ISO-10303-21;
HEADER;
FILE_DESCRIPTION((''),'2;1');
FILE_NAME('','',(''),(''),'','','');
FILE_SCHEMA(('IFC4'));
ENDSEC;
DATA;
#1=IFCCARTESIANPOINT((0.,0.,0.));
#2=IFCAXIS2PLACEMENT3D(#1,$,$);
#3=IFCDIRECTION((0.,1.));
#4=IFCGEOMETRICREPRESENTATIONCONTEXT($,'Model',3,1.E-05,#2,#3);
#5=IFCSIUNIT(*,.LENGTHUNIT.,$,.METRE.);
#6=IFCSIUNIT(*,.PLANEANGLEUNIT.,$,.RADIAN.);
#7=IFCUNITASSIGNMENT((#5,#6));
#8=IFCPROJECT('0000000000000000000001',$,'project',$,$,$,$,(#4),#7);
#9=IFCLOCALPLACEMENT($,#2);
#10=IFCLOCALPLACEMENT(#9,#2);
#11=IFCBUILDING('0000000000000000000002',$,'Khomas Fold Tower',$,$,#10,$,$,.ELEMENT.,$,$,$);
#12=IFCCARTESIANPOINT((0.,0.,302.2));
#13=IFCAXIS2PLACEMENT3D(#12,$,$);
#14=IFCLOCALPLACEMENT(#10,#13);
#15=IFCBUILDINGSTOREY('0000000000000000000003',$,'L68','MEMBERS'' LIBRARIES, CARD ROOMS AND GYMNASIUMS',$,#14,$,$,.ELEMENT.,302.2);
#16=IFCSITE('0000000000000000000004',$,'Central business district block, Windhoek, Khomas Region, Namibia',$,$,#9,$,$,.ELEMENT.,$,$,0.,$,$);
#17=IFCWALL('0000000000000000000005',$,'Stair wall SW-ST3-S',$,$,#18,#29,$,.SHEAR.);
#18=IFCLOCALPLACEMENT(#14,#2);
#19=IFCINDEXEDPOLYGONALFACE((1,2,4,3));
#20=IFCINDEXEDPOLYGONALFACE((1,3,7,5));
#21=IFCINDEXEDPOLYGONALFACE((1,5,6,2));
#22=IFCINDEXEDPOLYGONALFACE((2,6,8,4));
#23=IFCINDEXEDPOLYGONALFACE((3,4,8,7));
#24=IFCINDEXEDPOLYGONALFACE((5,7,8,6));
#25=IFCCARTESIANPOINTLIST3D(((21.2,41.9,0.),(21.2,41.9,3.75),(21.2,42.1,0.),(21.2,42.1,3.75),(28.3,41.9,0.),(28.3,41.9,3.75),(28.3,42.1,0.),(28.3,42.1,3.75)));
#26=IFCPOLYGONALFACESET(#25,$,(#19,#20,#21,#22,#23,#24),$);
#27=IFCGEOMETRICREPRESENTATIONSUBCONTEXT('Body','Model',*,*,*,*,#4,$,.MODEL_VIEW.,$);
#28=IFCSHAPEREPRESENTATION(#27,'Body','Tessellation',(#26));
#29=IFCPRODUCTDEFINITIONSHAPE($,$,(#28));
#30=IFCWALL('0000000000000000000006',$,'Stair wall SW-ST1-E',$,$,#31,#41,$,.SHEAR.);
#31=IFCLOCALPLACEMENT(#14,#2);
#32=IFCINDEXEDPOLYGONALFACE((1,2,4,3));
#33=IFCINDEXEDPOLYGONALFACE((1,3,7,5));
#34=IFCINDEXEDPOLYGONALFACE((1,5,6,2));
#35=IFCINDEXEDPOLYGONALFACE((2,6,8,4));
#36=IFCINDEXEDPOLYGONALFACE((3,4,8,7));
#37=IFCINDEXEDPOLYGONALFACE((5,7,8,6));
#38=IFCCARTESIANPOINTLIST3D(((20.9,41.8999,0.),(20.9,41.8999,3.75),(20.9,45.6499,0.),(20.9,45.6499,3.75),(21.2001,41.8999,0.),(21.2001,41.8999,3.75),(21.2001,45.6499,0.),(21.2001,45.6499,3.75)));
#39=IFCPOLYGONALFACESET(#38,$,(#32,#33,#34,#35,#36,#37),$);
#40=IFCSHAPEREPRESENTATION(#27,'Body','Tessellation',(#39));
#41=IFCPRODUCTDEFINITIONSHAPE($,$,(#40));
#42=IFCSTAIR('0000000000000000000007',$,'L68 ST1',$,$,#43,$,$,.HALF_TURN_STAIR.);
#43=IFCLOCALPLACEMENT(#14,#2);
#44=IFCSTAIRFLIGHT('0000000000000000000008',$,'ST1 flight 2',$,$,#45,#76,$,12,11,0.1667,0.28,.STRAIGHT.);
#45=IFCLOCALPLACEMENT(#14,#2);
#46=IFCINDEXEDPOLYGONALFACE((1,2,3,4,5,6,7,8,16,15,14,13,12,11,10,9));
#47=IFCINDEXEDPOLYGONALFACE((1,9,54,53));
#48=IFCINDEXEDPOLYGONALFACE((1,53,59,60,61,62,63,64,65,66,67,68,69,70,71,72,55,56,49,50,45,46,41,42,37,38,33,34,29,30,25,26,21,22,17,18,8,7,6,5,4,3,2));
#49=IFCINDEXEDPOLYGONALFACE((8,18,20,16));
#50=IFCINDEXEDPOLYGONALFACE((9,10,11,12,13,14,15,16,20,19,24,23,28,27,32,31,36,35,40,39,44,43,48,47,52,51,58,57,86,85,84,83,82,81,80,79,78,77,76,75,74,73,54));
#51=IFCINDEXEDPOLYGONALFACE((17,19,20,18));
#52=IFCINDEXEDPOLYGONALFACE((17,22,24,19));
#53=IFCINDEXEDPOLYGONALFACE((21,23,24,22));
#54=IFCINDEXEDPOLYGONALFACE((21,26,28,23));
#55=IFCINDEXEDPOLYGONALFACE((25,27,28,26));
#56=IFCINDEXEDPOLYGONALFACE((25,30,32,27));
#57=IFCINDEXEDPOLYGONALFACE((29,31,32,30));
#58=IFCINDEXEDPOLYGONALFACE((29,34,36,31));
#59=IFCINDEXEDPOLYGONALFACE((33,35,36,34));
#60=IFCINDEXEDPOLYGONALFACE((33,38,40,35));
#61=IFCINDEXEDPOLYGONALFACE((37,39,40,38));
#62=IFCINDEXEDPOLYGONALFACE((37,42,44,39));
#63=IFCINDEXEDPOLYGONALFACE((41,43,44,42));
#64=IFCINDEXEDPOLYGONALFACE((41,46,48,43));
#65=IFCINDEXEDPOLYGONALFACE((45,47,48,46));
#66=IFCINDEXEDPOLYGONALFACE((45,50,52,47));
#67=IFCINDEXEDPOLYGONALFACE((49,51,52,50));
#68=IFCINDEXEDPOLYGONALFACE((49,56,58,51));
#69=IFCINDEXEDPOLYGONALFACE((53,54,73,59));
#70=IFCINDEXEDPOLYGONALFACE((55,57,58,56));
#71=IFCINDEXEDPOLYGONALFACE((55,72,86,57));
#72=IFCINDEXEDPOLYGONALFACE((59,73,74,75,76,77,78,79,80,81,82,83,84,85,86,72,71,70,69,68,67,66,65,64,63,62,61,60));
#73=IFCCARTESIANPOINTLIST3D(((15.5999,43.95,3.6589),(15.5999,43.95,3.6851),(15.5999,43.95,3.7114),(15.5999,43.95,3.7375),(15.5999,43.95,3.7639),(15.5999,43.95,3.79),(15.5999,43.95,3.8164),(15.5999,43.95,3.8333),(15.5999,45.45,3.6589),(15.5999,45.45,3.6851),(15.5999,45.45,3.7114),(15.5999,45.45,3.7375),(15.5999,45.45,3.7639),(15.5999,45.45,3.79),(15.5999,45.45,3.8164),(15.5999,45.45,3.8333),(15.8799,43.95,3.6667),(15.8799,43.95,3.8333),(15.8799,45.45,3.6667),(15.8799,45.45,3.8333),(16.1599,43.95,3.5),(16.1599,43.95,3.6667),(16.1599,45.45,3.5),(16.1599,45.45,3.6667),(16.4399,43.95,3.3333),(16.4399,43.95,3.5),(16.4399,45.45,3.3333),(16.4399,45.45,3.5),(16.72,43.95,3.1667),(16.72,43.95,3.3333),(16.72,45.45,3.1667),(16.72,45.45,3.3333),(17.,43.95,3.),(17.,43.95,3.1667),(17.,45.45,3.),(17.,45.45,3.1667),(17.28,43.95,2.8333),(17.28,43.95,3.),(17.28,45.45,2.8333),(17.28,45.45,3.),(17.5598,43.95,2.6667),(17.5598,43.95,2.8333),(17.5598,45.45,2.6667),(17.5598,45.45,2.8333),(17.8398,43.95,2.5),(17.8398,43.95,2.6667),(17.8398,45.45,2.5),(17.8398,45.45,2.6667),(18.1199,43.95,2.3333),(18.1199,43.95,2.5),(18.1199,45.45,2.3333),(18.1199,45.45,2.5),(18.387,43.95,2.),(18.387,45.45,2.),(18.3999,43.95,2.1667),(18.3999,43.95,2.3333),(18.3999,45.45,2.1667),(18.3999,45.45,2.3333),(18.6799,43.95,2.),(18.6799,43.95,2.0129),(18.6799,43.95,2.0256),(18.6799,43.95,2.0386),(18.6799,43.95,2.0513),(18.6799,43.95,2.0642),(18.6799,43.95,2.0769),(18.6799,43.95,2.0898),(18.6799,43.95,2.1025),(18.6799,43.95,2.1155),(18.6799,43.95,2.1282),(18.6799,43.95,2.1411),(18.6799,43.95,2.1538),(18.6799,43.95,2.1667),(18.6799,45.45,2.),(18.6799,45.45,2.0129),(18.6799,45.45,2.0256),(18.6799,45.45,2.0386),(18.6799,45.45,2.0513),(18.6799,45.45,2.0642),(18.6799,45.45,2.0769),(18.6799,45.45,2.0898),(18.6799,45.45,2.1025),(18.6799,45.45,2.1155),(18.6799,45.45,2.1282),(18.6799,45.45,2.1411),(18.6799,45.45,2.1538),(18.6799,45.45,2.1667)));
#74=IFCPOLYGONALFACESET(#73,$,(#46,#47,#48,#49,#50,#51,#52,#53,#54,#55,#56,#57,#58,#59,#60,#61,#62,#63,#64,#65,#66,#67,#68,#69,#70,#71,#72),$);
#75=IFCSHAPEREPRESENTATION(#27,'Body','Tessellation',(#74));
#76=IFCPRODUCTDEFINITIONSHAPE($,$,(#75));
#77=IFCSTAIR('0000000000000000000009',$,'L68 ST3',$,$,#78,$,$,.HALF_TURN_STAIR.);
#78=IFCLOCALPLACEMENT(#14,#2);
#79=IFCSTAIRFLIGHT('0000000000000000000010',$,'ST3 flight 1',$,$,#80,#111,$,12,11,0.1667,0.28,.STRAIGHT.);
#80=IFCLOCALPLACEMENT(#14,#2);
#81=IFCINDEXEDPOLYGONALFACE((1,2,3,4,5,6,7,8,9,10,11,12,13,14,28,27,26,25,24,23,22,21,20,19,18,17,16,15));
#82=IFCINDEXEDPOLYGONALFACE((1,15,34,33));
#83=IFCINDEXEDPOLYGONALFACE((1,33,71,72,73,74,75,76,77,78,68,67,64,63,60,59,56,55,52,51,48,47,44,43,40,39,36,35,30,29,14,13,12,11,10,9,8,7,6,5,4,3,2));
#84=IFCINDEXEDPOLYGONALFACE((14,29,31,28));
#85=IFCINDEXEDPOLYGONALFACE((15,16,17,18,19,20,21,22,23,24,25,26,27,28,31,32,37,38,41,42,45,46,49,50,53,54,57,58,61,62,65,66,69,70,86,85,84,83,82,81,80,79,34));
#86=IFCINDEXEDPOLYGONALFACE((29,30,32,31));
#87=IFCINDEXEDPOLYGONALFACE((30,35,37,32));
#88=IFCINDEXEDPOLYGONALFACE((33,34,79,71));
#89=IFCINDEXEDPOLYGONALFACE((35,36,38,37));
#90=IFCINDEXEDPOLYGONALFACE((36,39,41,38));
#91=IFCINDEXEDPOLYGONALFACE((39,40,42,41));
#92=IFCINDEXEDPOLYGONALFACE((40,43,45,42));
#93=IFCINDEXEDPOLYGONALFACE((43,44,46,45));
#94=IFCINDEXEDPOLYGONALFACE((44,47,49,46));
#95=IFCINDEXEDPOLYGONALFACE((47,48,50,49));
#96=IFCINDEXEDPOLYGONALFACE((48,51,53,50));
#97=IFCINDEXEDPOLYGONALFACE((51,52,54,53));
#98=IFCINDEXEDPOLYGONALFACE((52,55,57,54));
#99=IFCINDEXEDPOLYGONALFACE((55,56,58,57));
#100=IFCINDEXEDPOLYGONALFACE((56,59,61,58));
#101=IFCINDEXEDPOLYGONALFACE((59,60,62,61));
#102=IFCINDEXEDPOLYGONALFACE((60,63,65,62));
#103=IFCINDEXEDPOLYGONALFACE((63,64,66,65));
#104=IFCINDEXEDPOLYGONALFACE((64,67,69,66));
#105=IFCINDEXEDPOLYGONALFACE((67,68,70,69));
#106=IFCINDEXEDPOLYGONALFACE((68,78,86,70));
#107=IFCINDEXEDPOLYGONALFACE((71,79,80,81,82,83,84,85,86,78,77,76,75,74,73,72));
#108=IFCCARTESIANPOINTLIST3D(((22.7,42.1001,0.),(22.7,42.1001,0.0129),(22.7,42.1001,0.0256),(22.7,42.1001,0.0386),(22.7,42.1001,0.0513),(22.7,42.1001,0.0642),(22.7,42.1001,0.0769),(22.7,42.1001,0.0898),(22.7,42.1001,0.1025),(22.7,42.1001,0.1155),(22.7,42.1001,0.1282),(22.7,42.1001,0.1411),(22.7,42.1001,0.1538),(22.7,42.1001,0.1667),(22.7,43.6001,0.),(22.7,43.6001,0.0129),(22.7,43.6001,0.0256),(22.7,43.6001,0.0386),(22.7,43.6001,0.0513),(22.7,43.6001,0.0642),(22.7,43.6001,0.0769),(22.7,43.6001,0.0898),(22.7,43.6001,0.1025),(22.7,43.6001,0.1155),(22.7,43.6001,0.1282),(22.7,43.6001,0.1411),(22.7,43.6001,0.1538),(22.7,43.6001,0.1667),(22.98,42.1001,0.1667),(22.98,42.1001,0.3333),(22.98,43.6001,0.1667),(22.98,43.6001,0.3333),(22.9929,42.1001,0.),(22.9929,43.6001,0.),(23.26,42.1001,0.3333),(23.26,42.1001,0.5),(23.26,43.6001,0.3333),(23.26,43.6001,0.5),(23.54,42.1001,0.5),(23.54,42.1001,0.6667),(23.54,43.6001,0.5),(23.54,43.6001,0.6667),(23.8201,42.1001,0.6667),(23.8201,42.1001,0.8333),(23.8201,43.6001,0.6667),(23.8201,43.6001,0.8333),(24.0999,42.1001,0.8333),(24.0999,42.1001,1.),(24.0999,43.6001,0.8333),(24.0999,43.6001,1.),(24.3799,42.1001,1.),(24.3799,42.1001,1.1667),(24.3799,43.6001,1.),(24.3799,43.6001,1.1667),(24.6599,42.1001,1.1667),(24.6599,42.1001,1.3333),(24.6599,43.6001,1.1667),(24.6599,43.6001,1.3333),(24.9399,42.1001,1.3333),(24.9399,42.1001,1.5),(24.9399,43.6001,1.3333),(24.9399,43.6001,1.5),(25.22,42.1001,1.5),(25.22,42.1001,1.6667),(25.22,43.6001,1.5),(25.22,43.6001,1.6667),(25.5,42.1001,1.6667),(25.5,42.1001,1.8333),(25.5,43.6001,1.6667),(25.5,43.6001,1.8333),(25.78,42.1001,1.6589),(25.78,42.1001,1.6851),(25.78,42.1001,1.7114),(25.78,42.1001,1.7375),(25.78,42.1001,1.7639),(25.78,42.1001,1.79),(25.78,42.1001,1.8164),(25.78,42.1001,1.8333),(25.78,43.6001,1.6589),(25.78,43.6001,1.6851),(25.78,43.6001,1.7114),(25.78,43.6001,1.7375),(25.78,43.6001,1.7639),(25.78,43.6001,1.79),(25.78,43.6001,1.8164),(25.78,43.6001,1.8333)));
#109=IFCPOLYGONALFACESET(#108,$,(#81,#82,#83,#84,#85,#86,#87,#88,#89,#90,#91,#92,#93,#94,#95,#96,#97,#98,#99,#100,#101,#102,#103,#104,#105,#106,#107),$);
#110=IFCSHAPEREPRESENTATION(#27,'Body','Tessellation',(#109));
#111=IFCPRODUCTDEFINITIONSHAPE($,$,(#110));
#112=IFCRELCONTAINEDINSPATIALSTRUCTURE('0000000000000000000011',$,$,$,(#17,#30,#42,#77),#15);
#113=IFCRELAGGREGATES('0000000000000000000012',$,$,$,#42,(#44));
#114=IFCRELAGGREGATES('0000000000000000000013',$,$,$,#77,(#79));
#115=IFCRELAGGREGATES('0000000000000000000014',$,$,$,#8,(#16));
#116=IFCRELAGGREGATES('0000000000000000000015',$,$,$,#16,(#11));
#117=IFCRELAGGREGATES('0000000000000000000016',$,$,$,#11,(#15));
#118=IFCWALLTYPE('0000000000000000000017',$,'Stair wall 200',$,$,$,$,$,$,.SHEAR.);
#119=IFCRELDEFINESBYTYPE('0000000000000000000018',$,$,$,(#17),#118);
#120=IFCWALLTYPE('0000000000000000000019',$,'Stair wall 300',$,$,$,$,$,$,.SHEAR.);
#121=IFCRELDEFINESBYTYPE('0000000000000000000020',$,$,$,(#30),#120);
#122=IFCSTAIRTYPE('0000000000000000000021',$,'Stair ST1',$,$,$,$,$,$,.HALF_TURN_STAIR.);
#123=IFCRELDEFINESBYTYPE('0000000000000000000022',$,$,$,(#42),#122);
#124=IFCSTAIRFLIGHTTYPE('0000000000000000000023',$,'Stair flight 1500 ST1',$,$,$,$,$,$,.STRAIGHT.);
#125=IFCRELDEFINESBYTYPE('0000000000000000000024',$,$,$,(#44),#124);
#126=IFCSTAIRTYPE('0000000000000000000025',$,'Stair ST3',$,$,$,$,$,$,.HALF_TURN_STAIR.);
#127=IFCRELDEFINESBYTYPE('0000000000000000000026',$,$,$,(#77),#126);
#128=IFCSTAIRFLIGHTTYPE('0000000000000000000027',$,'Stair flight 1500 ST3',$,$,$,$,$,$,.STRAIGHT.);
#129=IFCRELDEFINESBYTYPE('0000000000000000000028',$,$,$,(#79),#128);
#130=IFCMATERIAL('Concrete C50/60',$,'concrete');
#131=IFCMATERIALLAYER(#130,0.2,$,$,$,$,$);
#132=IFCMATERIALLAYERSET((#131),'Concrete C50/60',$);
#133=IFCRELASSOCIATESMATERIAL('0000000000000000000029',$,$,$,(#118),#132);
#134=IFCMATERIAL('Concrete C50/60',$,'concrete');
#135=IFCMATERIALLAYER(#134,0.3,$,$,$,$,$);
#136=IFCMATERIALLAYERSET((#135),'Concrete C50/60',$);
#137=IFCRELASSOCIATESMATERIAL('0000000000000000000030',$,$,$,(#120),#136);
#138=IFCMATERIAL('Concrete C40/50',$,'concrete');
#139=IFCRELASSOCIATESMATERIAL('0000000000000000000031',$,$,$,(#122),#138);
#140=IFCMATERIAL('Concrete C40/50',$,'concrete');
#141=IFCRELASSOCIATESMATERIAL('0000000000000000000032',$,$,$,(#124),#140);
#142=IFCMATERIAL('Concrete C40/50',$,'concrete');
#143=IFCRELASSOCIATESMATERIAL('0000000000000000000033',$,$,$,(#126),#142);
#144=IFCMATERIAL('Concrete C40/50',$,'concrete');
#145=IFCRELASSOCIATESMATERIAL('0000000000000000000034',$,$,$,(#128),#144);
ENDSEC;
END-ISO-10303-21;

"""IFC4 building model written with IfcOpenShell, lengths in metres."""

from ifc_helpers import new_model, si_unit, direction, frame, frame_2d, origin, place, context, subcontext, project, spatial, polyline, rectangle, outline, extrude, source, transform, mapped, material, layer, layer_set, type_object, element, aggregate, save


model = new_model("IFC4")

# Units and contexts
model_context = context("Model", 3, precision=1e-05, world=origin(), true_north=direction((0.0, 1.0)))
body_context = subcontext(model_context, "Body", "Model", "MODEL_VIEW")
ifc_project = project(units=[si_unit("LENGTHUNIT", "METRE"), si_unit("PLANEANGLEUNIT", "RADIAN")], contexts=[model_context])

# Site, building, storey
site_placement = place(None, origin())
site = spatial("IfcSite", under=ifc_project, at=site_placement, Name="Central business district block, Windhoek, Khomas Region, Namibia", CompositionType="ELEMENT", RefElevation=0.0)
building_placement = place(site_placement, origin())
building = spatial("IfcBuilding", under=site, at=building_placement, Name="Khomas Fold Tower", CompositionType="ELEMENT")
storey_placement = place(building_placement, frame((0.0, 0.0, 302.2)))
storey = spatial("IfcBuildingStorey", under=building, at=storey_placement, Name="L68", Description="MEMBERS' LIBRARIES, CARD ROOMS AND GYMNASIUMS", CompositionType="ELEMENT", Elevation=302.2)

# Shared definitions
ifc_material_1 = material(Name="Concrete C50/60", Category="concrete")
ifc_layer_1 = layer(ifc_material_1, 0.2)
ifc_layer_set_1 = layer_set([ifc_layer_1], Name="Concrete C50/60")
wall_type_1 = type_object("IfcWallType", Name="Stair wall 200", PredefinedType="SHEAR", material=ifc_layer_set_1)
shared_shape_1 = source(origin(), body_context, "Body", "SweptSolid", [
    extrude(rectangle(XDim=7.1001, YDim=0.2, at=frame_2d((3.55, 0.0))), origin(), (0.0, 0.0, 1.0), 3.75),
])

# Walls
wall_1_placement = place(storey_placement, frame((21.2, 42.0, 0.0), z_axis=(0.0, 0.0, 1.0), x_axis=(1.0, 0.0, 0.0)))
element("IfcWall", 1, at=wall_1_placement, inside=storey, type_object=wall_type_1, Name="Stair wall SW-ST3-S", PredefinedType="SHEAR", context=body_context, shape_type="MappedRepresentation", body=[
    mapped(shared_shape_1, transform((0.0, 0.0, 0.0))),
])
ifc_material_2 = material(Name="Concrete C50/60", Category="concrete")
ifc_layer_2 = layer(ifc_material_2, 0.3)
ifc_layer_set_2 = layer_set([ifc_layer_2], Name="Concrete C50/60")
wall_type_2 = type_object("IfcWallType", Name="Stair wall 300", PredefinedType="SHEAR", material=ifc_layer_set_2)
shared_shape_2 = source(origin(), body_context, "Body", "SweptSolid", [
    extrude(rectangle(XDim=3.75, YDim=0.3, at=frame_2d((1.875, 0.0))), origin(), (0.0, 0.0, 1.0), 3.75),
])
wall_2_placement = place(storey_placement, frame((21.05, 41.8999, 0.0), z_axis=(0.0, 0.0, 1.0), x_axis=(0.0, 1.0, 0.0)))
element("IfcWall", 2, at=wall_2_placement, inside=storey, type_object=wall_type_2, Name="Stair wall SW-ST1-E", PredefinedType="SHEAR", context=body_context, shape_type="MappedRepresentation", body=[
    mapped(shared_shape_2, transform((0.0, 0.0, 0.0))),
])

# Stairs, stair flights
ifc_material_3 = material(Name="Concrete C40/50", Category="concrete")
stair_type_1 = type_object("IfcStairType", Name="Stair ST1", PredefinedType="HALF_TURN_STAIR", material=ifc_material_3)
stair_1_placement = place(storey_placement, origin())
stair_1 = element("IfcStair", 3, at=stair_1_placement, inside=storey, type_object=stair_type_1, Name="L68 ST1", PredefinedType="HALF_TURN_STAIR")
ifc_material_4 = material(Name="Concrete C40/50", Category="concrete")
stair_flight_type_1 = type_object("IfcStairFlightType", Name="Stair flight 1500 ST1", PredefinedType="STRAIGHT", material=ifc_material_4)
shared_shape_3 = source(origin(), body_context, "Body", "SweptSolid", [
    extrude(outline(polyline([(0.0, 0.0), (0.0, 0.0129), (0.0, 0.0256), (0.0, 0.0386), (0.0, 0.0513), (0.0, 0.0642), (0.0, 0.0769), (0.0, 0.0898), (0.0, 0.1025), (0.0, 0.1155), (0.0, 0.1282), (0.0, 0.1411), (0.0, 0.1538), (0.0, 0.1667), (0.28, 0.1667), (0.28, 0.3333), (0.5601, 0.3333), (0.5601, 0.5), (0.8401, 0.5), (0.8401, 0.6667), (1.1201, 0.6667), (1.1201, 0.8333), (1.3999, 0.8333), (1.3999, 1.0), (1.6799, 1.0), (1.6799, 1.1667), (1.96, 1.1667), (1.96, 1.3333), (2.24, 1.3333), (2.24, 1.5), (2.52, 1.5), (2.52, 1.6667), (2.8, 1.6667), (2.8, 1.8333), (3.0801, 1.8333), (3.0801, 2.0), (3.0801, 1.9739), (3.0801, 1.9475), (3.0801, 1.9214), (3.0801, 1.895), (3.0801, 1.8689), (3.0801, 1.8425), (3.0801, 1.8164), (3.0801, 1.79), (3.0801, 1.7639), (3.0801, 1.7375), (3.0801, 1.7114), (3.0801, 1.6851), (3.0801, 1.6589), (0.293, 0.0), (0.0, 0.0)])), frame((0.0, 0.75, 0.0), z_axis=(0.0, -1.0, 0.0), x_axis=(1.0, 0.0, 0.0)), (0.0, 0.0, 1.0), 1.5),
])
stair_flight_1_placement = place(storey_placement, frame((18.6799, 44.7, 2.0), z_axis=(0.0, 0.0, 1.0), x_axis=(-1.0, 0.0, 0.0)))
stair_flight_1 = element("IfcStairFlight", 4, at=stair_flight_1_placement, type_object=stair_flight_type_1, Name="ST1 flight 2", NumberOfRisers=12, NumberOfTreads=11, PredefinedType="STRAIGHT", RiserHeight=0.1667, TreadLength=0.28, context=body_context, shape_type="MappedRepresentation", body=[
    mapped(shared_shape_3, transform((0.0, 0.0, 0.0))),
])
aggregate(stair_1, [stair_flight_1])
ifc_material_5 = material(Name="Concrete C40/50", Category="concrete")
stair_type_2 = type_object("IfcStairType", Name="Stair ST3", PredefinedType="HALF_TURN_STAIR", material=ifc_material_5)
stair_2_placement = place(storey_placement, origin())
stair_2 = element("IfcStair", 5, at=stair_2_placement, inside=storey, type_object=stair_type_2, Name="L68 ST3", PredefinedType="HALF_TURN_STAIR")
ifc_material_6 = material(Name="Concrete C40/50", Category="concrete")
stair_flight_type_2 = type_object("IfcStairFlightType", Name="Stair flight 1500 ST3", PredefinedType="STRAIGHT", material=ifc_material_6)
stair_flight_2_placement = place(storey_placement, frame((22.7, 42.8501, 0.0), z_axis=(0.0, 0.0, 1.0), x_axis=(1.0, 0.0, 0.0)))
stair_flight_2 = element("IfcStairFlight", 6, at=stair_flight_2_placement, type_object=stair_flight_type_2, Name="ST3 flight 1", NumberOfRisers=12, NumberOfTreads=11, PredefinedType="STRAIGHT", RiserHeight=0.1667, TreadLength=0.28, context=body_context, shape_type="MappedRepresentation", body=[
    mapped(shared_shape_3, transform((0.0, 0.0, 0.0))),
])
aggregate(stair_2, [stair_flight_2])

save(model, "model.ifc")
